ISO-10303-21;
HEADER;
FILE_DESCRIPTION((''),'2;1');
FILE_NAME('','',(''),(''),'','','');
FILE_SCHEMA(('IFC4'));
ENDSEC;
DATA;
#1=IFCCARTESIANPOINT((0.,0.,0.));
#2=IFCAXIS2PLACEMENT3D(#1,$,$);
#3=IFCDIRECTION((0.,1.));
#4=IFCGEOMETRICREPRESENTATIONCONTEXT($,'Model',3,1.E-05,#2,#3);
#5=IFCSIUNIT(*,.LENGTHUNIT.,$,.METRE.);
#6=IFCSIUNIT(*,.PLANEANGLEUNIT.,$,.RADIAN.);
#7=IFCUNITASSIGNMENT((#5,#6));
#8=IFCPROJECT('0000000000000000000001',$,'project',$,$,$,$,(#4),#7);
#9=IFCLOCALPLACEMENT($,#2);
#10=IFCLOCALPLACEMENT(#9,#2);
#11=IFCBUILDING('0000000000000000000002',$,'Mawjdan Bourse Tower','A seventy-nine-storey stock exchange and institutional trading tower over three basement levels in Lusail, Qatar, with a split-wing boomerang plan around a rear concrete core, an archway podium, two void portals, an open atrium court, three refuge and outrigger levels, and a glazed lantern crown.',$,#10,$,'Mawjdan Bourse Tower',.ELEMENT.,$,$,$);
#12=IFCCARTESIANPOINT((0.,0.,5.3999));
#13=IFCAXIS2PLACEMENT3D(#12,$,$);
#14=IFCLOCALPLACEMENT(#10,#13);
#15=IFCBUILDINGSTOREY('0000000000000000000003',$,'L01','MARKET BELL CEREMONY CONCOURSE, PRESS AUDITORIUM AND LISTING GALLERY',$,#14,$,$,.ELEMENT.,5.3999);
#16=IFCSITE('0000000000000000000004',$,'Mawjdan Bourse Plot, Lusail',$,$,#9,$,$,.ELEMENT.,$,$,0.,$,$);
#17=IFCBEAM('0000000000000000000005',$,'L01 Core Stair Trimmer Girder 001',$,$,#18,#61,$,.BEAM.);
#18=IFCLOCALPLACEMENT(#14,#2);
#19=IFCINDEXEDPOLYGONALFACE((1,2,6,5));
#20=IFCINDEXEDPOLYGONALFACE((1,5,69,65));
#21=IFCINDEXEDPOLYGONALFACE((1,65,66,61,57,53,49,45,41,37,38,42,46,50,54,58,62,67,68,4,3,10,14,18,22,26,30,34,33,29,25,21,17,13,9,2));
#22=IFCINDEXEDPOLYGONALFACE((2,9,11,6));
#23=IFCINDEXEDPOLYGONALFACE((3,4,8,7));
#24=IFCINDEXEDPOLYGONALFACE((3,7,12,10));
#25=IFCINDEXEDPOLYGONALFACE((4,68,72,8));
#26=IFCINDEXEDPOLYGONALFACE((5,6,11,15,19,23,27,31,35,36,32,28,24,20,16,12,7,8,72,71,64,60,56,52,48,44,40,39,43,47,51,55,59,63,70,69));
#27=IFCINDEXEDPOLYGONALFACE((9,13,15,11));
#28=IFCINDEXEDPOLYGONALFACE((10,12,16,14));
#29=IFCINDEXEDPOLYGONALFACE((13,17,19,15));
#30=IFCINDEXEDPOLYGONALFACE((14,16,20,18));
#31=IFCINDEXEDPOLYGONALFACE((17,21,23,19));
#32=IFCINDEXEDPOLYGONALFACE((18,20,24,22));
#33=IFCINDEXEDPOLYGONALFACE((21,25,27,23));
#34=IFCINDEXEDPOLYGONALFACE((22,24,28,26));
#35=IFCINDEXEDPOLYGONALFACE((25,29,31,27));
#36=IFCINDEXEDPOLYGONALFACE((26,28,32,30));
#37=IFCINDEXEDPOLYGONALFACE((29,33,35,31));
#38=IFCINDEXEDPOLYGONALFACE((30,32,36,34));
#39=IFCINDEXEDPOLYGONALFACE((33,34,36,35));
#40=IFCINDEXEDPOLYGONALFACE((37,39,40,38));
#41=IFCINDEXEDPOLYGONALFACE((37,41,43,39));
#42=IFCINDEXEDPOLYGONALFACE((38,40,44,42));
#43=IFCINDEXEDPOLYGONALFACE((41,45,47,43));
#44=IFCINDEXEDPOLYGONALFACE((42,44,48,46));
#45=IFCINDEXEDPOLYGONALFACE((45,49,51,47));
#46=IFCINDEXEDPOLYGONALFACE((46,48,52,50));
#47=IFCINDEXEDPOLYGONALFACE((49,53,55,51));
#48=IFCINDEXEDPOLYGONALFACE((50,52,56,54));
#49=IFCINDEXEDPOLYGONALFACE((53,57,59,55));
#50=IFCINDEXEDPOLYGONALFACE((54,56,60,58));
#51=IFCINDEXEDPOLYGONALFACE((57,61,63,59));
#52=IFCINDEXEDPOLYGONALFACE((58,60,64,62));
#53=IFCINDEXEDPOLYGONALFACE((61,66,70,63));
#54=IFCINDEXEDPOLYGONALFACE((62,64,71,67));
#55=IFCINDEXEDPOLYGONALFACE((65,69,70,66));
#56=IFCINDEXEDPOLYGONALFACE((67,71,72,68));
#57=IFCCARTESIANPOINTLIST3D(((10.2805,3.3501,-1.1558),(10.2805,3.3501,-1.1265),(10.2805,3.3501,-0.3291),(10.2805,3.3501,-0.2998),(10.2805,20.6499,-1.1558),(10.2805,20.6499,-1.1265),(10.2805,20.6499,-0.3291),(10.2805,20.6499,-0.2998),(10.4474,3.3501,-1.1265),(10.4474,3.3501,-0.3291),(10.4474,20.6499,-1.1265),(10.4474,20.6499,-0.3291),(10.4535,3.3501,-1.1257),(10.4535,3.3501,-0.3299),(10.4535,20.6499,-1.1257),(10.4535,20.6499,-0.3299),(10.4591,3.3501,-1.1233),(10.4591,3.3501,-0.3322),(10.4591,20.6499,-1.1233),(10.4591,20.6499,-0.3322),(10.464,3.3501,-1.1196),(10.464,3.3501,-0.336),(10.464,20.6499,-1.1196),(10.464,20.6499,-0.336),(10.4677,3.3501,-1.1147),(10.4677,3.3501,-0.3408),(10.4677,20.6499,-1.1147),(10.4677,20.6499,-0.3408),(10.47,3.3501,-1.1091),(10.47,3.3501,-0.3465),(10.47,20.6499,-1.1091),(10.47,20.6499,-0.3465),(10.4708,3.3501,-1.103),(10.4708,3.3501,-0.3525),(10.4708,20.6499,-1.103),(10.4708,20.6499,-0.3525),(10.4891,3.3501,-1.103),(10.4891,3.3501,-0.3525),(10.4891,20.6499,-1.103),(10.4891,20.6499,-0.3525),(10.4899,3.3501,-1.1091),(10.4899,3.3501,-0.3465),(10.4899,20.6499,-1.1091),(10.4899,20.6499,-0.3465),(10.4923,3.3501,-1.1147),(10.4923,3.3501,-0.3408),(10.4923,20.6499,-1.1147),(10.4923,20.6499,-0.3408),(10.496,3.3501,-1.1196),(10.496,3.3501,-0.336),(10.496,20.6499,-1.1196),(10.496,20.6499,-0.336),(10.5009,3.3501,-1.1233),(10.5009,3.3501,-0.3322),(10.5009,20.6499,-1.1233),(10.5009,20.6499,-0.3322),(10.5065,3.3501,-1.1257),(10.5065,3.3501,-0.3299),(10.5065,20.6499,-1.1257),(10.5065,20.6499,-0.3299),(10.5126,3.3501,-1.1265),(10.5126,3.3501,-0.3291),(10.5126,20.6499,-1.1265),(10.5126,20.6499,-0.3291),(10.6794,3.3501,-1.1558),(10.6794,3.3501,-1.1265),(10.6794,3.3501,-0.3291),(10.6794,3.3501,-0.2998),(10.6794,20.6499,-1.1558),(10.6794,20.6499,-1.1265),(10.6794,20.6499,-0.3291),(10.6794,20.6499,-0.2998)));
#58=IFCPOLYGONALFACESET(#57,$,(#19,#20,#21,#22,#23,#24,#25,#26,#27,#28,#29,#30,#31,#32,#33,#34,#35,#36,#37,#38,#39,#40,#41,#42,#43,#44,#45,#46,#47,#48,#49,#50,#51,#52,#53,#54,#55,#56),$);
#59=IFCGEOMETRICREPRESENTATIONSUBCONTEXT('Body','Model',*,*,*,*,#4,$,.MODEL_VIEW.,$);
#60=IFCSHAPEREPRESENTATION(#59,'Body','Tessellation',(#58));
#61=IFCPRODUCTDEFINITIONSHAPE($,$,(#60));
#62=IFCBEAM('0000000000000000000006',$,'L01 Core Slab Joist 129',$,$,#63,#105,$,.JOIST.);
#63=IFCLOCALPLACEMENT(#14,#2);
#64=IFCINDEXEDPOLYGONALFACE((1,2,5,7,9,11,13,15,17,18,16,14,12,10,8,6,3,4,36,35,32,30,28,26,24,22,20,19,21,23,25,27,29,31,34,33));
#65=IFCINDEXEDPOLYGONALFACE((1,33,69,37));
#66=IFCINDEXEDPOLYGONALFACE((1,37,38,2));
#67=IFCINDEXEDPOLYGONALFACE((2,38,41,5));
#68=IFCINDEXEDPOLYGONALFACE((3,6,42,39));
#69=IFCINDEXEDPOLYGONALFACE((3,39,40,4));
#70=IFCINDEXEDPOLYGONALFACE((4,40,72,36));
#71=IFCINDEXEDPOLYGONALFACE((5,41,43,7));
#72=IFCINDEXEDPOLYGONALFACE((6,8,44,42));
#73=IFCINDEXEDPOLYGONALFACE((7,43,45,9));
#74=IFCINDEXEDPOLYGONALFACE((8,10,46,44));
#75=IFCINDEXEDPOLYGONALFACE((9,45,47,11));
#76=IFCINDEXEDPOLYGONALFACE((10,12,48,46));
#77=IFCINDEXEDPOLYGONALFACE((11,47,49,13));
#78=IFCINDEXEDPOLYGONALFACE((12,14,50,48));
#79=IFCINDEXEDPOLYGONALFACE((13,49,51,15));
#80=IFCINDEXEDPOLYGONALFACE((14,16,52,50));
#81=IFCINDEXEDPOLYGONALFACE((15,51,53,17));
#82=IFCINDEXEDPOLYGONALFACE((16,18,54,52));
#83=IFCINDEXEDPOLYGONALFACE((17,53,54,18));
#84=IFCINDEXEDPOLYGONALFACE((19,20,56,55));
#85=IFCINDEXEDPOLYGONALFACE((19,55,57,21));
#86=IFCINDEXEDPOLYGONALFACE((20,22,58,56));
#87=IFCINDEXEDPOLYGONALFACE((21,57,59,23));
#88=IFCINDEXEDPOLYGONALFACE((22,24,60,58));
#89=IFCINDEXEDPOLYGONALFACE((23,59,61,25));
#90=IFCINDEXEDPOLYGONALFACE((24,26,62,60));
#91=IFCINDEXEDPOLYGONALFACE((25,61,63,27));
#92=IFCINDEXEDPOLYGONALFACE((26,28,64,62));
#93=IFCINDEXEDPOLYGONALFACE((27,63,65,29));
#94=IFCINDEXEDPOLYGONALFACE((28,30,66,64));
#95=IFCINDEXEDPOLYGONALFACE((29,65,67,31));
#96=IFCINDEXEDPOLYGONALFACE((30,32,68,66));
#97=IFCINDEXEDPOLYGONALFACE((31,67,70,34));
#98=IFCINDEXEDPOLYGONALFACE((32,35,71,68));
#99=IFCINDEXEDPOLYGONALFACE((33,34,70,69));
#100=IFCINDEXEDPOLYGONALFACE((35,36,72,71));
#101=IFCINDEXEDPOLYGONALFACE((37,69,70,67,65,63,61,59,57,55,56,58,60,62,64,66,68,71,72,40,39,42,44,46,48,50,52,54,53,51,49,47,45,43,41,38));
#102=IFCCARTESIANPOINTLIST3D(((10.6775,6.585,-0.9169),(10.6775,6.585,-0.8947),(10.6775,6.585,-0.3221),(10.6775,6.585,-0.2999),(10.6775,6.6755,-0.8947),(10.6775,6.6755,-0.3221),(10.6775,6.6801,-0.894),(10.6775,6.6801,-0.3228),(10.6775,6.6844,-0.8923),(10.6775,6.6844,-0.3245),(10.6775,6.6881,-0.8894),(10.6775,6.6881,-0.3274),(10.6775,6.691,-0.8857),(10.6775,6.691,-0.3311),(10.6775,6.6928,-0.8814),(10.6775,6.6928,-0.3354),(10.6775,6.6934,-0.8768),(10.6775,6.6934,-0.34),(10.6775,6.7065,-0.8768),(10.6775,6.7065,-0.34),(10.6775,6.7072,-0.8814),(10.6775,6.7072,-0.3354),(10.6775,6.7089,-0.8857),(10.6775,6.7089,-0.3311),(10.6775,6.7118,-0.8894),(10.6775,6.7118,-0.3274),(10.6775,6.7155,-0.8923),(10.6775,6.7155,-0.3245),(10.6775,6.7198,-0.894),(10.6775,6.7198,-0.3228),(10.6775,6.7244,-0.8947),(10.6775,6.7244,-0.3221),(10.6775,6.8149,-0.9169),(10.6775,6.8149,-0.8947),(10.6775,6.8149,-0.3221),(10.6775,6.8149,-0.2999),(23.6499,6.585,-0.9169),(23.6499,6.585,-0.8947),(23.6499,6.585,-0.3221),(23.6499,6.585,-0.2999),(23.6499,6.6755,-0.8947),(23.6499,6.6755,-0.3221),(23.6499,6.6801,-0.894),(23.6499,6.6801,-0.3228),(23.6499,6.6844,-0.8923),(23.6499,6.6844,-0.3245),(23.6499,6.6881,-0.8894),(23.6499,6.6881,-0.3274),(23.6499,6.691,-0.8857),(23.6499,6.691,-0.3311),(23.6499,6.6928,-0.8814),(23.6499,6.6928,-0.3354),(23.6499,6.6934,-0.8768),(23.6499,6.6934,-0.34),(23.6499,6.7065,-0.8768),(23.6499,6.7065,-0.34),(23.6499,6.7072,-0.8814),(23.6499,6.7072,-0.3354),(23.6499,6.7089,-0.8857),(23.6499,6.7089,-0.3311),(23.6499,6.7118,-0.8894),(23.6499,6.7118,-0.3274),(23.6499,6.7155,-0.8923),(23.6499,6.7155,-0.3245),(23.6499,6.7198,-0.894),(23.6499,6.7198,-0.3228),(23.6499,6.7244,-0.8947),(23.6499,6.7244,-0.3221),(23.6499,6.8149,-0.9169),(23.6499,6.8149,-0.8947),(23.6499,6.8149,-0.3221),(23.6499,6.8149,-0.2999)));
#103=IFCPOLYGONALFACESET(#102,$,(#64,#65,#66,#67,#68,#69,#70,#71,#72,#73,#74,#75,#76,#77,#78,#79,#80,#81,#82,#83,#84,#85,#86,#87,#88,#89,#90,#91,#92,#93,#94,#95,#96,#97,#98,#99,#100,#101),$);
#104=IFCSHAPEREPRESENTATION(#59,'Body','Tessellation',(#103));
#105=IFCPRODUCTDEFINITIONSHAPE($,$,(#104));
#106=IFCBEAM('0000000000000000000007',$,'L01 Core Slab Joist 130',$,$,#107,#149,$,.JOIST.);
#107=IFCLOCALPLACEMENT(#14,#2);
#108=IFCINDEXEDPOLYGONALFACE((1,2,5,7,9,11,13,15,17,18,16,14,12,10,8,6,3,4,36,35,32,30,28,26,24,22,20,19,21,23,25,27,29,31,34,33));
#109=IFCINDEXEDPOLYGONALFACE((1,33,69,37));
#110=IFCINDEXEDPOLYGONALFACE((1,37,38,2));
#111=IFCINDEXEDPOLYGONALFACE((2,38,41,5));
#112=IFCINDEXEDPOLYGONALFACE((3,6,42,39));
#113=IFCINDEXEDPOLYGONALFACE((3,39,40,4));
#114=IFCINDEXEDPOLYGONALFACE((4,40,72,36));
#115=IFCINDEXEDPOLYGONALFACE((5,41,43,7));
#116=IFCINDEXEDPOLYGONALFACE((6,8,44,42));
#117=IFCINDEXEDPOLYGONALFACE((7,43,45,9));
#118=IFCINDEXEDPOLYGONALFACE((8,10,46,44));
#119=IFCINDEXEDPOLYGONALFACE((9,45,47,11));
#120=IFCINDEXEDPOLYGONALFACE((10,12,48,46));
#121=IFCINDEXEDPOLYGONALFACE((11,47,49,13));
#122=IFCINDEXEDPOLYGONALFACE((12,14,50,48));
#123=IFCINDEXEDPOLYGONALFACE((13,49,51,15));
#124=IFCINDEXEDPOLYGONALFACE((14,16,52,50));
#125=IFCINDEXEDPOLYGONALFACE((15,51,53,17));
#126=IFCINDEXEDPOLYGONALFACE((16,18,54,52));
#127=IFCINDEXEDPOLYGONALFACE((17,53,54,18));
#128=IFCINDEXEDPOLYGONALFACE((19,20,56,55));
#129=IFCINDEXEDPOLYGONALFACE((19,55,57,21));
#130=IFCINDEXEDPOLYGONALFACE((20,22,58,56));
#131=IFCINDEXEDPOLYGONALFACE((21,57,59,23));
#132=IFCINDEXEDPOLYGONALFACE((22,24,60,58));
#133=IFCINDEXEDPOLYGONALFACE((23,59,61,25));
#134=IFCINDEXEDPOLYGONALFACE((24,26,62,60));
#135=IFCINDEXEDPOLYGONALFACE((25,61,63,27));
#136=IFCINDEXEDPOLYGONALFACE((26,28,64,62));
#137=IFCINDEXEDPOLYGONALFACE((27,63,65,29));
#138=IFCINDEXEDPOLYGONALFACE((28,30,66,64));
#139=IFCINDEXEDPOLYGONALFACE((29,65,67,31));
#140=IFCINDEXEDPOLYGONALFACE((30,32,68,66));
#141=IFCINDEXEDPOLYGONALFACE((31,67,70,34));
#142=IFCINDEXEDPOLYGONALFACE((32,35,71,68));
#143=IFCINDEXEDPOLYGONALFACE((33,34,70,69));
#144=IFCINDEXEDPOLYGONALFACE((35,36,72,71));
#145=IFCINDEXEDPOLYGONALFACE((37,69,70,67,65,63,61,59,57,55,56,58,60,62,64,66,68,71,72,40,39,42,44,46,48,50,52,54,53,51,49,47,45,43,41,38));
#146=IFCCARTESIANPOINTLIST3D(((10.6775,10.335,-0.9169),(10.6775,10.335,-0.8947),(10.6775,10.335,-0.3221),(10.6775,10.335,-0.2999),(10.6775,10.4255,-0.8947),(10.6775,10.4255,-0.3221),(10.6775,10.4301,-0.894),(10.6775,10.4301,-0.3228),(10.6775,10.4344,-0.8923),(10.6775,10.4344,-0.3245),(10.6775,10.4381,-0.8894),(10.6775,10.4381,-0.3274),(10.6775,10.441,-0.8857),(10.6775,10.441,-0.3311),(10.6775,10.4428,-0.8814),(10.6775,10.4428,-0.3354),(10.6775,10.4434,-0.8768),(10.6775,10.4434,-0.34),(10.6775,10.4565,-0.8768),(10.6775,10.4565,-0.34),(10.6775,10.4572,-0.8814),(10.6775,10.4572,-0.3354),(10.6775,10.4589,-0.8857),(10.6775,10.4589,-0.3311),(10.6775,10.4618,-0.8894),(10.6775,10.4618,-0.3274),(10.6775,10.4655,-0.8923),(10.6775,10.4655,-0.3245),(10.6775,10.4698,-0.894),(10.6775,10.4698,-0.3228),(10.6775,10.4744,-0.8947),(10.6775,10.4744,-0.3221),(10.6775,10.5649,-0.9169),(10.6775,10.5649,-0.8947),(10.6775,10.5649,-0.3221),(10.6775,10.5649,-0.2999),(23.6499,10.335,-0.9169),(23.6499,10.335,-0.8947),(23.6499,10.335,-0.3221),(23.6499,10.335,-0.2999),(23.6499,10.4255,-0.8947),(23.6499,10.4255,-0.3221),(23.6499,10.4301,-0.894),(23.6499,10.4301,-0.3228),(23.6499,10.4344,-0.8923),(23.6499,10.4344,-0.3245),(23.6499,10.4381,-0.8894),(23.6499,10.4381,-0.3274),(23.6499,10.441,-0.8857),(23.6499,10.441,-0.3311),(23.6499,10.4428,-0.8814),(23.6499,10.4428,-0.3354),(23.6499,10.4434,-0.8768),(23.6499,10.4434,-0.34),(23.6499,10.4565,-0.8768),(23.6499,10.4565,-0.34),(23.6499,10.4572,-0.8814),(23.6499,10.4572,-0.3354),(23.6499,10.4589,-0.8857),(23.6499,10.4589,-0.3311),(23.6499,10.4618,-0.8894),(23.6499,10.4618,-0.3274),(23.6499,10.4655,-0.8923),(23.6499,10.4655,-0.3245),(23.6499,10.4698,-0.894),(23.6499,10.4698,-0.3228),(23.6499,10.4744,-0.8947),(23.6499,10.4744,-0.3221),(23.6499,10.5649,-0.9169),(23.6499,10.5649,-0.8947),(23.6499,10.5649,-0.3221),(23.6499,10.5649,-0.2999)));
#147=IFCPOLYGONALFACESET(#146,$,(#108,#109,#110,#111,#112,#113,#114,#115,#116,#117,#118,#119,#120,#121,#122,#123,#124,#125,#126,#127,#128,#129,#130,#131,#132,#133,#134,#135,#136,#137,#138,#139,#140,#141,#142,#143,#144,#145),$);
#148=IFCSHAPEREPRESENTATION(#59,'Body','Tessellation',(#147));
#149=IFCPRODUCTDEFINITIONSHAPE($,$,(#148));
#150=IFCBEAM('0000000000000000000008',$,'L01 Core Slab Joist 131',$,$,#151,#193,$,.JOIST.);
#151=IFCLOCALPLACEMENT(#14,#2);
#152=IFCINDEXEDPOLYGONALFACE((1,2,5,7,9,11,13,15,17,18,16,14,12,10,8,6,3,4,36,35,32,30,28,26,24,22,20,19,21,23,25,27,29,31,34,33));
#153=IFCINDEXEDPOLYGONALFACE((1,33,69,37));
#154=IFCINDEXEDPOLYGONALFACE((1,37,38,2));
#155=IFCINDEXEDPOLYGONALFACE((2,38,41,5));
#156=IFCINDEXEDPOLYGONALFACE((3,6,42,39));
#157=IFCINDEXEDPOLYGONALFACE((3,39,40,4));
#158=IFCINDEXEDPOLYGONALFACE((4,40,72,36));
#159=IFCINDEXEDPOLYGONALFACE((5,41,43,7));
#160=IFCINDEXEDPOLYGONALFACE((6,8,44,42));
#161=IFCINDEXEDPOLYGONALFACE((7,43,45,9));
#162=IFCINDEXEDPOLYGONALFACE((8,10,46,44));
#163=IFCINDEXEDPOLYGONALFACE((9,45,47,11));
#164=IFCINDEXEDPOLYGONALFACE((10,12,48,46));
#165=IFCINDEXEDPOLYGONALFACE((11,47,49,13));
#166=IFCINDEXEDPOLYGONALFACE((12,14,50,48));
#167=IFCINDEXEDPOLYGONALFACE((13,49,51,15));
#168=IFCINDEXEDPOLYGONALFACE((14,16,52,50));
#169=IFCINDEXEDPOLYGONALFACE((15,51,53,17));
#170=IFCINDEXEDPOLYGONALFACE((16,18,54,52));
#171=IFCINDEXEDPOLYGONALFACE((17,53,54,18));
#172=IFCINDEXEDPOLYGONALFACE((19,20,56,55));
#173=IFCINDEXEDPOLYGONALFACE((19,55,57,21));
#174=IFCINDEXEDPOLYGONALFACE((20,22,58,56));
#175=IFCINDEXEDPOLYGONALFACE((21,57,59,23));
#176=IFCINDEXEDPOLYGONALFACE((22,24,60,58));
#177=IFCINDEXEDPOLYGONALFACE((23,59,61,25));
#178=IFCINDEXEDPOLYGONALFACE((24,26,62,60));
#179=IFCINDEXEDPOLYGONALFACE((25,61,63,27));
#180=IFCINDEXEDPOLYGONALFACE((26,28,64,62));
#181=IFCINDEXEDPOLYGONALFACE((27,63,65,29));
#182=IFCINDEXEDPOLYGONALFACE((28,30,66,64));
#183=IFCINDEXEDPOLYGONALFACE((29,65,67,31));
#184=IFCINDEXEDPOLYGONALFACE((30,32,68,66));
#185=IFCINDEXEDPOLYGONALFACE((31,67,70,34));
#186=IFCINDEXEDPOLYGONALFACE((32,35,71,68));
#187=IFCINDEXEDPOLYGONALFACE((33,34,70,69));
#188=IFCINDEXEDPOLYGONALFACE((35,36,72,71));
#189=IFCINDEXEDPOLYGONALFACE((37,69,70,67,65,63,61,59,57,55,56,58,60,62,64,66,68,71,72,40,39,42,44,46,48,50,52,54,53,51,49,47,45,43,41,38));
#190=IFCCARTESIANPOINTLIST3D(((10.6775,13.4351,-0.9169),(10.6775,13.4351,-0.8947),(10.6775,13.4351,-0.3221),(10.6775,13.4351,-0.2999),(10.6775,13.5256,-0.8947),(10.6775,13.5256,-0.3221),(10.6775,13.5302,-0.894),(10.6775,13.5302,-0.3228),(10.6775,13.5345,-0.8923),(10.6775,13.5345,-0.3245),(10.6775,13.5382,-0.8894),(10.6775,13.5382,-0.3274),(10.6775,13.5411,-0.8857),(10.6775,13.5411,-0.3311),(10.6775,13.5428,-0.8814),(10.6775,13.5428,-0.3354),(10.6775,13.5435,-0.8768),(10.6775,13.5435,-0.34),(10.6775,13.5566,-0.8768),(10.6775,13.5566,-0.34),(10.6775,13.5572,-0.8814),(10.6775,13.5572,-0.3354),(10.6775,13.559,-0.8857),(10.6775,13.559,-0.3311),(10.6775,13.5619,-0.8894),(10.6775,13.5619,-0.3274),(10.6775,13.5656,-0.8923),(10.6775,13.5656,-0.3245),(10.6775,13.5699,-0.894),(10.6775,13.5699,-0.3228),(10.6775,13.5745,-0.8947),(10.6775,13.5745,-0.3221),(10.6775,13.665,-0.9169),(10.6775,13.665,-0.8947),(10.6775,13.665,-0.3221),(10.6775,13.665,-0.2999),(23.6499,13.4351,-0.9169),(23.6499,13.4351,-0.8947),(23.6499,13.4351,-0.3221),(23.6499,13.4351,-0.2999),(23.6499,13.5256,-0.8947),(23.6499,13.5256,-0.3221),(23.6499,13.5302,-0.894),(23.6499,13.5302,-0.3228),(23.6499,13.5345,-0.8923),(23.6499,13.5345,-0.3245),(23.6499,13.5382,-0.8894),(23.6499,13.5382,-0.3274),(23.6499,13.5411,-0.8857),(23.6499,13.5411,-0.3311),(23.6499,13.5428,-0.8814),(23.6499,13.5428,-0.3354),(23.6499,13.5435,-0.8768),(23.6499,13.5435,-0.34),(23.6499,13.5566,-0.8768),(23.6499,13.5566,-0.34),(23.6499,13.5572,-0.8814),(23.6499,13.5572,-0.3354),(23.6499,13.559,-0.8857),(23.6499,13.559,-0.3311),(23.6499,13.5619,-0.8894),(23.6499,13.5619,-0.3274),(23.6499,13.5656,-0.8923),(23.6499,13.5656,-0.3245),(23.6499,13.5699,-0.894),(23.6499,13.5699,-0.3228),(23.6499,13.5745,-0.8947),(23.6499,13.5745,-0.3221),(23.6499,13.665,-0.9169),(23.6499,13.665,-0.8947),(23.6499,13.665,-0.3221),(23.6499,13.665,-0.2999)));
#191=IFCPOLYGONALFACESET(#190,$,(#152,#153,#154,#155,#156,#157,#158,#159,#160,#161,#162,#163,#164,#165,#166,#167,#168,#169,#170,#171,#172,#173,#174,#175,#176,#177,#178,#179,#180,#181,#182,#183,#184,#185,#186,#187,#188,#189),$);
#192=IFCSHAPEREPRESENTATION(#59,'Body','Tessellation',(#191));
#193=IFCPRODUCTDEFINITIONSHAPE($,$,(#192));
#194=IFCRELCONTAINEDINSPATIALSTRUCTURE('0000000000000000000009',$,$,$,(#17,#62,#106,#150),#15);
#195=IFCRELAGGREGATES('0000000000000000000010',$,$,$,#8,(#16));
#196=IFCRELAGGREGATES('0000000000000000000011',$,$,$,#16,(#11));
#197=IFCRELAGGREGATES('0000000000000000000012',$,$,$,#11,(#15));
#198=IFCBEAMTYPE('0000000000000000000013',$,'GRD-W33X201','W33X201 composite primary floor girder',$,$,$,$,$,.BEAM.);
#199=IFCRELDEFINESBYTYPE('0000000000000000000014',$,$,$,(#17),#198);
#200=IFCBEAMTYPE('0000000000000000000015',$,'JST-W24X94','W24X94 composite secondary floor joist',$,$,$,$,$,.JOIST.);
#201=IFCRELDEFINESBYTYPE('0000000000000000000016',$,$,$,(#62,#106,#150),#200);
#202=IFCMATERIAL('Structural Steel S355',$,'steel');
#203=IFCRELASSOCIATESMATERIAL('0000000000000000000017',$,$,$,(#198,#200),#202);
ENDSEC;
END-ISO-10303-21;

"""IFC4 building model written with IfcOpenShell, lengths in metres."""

from ifc_helpers import new_model, si_unit, direction, frame, origin, origin_2d, place, context, subcontext, project, spatial, i_section, extrude, material, material_profile, profile_set, type_object, element, save


model = new_model("IFC4")

# Units and contexts
model_context = context("Model", 3, precision=1e-05, world=origin(), true_north=direction((0.0, 1.0)))
body_context = subcontext(model_context, "Body", "Model", "MODEL_VIEW")
ifc_project = project(units=[si_unit("LENGTHUNIT", "METRE"), si_unit("PLANEANGLEUNIT", "RADIAN")], contexts=[model_context])

# Site, building, storey
site_placement = place(None, origin())
site = spatial("IfcSite", under=ifc_project, at=site_placement, Name="Mawjdan Bourse Plot, Lusail", CompositionType="ELEMENT", RefElevation=0.0)
building_placement = place(site_placement, origin())
building = spatial("IfcBuilding", under=site, at=building_placement, Name="Mawjdan Bourse Tower", Description="A seventy-nine-storey stock exchange and institutional trading tower over three basement levels in Lusail, Qatar, with a split-wing boomerang plan around a rear concrete core, an archway podium, two void portals, an open atrium court, three refuge and outrigger levels, and a glazed lantern crown.", LongName="Mawjdan Bourse Tower", CompositionType="ELEMENT")
storey_placement = place(building_placement, frame((0.0, 0.0, 5.3999)))
storey = spatial("IfcBuildingStorey", under=building, at=storey_placement, Name="L01", Description="MARKET BELL CEREMONY CONCOURSE, PRESS AUDITORIUM AND LISTING GALLERY", CompositionType="ELEMENT", Elevation=5.3999)

# Beams
ifc_material_1 = material(Name="Structural Steel S355", Category="steel")
ifc_material_profile_1 = material_profile(ifc_material_1, i_section(OverallWidth=0.3989, OverallDepth=0.856, WebThickness=0.0183, FlangeThickness=0.0293, FilletRadius=0.0234, at=origin_2d()), Name="W33X201")
ifc_profile_set_1 = profile_set([ifc_material_profile_1], Name="Structural Steel S355")
beam_type_1 = type_object("IfcBeamType", Name="GRD-W33X201", Description="W33X201 composite primary floor girder", PredefinedType="BEAM", material=ifc_profile_set_1)
beam_placement = place(storey_placement, frame((10.48, 3.3501, -0.7278), z_axis=(0.0, 1.0, 0.0), x_axis=(-1.0, 0.0, 0.0)))
element("IfcBeam", 1, at=beam_placement, inside=storey, type_object=beam_type_1, Name="L01 Core Stair Trimmer Girder 001", PredefinedType="BEAM", context=body_context, shape_type="SweptSolid", body=[
    extrude(i_section(OverallWidth=0.3989, OverallDepth=0.856, WebThickness=0.0183, FlangeThickness=0.0293, FilletRadius=0.0234, at=origin_2d()), origin(), (0.0, 0.0, 1.0), 17.2998),
])
ifc_material_profile_2 = material_profile(ifc_material_1, i_section(OverallWidth=0.23, OverallDepth=0.6169, WebThickness=0.0132, FlangeThickness=0.0222, FilletRadius=0.0178, at=origin_2d()), Name="W24X94")
ifc_profile_set_2 = profile_set([ifc_material_profile_2], Name="Structural Steel S355")
beam_type_2 = type_object("IfcBeamType", Name="JST-W24X94", Description="W24X94 composite secondary floor joist", PredefinedType="JOIST", material=ifc_profile_set_2)
for number, where, z_axis, x_axis, name in (
    (2, (10.6775, 6.7, -0.6084), (1.0, 0.0, 0.0), (0.0, 1.0, 0.0), "L01 Core Slab Joist 129"),
    (3, (10.6775, 10.45, -0.6084), (1.0, 0.0, 0.0), (0.0, 1.0, 0.0), "L01 Core Slab Joist 130"),
    (4, (10.6775, 13.55, -0.6084), (1.0, 0.0, 0.0), (0.0, 1.0, 0.0), "L01 Core Slab Joist 131"),
):
    element("IfcBeam", number, at=place(storey_placement, frame(where, z_axis=z_axis, x_axis=x_axis)), inside=storey, type_object=beam_type_2, Name=name, PredefinedType="JOIST", context=body_context, shape_type="SweptSolid", body=[
        extrude(i_section(OverallWidth=0.23, OverallDepth=0.6169, WebThickness=0.0132, FlangeThickness=0.0222, FilletRadius=0.0178, at=origin_2d()), origin(), (0.0, 0.0, 1.0), 12.9724),
    ])

save(model, "model.ifc")
